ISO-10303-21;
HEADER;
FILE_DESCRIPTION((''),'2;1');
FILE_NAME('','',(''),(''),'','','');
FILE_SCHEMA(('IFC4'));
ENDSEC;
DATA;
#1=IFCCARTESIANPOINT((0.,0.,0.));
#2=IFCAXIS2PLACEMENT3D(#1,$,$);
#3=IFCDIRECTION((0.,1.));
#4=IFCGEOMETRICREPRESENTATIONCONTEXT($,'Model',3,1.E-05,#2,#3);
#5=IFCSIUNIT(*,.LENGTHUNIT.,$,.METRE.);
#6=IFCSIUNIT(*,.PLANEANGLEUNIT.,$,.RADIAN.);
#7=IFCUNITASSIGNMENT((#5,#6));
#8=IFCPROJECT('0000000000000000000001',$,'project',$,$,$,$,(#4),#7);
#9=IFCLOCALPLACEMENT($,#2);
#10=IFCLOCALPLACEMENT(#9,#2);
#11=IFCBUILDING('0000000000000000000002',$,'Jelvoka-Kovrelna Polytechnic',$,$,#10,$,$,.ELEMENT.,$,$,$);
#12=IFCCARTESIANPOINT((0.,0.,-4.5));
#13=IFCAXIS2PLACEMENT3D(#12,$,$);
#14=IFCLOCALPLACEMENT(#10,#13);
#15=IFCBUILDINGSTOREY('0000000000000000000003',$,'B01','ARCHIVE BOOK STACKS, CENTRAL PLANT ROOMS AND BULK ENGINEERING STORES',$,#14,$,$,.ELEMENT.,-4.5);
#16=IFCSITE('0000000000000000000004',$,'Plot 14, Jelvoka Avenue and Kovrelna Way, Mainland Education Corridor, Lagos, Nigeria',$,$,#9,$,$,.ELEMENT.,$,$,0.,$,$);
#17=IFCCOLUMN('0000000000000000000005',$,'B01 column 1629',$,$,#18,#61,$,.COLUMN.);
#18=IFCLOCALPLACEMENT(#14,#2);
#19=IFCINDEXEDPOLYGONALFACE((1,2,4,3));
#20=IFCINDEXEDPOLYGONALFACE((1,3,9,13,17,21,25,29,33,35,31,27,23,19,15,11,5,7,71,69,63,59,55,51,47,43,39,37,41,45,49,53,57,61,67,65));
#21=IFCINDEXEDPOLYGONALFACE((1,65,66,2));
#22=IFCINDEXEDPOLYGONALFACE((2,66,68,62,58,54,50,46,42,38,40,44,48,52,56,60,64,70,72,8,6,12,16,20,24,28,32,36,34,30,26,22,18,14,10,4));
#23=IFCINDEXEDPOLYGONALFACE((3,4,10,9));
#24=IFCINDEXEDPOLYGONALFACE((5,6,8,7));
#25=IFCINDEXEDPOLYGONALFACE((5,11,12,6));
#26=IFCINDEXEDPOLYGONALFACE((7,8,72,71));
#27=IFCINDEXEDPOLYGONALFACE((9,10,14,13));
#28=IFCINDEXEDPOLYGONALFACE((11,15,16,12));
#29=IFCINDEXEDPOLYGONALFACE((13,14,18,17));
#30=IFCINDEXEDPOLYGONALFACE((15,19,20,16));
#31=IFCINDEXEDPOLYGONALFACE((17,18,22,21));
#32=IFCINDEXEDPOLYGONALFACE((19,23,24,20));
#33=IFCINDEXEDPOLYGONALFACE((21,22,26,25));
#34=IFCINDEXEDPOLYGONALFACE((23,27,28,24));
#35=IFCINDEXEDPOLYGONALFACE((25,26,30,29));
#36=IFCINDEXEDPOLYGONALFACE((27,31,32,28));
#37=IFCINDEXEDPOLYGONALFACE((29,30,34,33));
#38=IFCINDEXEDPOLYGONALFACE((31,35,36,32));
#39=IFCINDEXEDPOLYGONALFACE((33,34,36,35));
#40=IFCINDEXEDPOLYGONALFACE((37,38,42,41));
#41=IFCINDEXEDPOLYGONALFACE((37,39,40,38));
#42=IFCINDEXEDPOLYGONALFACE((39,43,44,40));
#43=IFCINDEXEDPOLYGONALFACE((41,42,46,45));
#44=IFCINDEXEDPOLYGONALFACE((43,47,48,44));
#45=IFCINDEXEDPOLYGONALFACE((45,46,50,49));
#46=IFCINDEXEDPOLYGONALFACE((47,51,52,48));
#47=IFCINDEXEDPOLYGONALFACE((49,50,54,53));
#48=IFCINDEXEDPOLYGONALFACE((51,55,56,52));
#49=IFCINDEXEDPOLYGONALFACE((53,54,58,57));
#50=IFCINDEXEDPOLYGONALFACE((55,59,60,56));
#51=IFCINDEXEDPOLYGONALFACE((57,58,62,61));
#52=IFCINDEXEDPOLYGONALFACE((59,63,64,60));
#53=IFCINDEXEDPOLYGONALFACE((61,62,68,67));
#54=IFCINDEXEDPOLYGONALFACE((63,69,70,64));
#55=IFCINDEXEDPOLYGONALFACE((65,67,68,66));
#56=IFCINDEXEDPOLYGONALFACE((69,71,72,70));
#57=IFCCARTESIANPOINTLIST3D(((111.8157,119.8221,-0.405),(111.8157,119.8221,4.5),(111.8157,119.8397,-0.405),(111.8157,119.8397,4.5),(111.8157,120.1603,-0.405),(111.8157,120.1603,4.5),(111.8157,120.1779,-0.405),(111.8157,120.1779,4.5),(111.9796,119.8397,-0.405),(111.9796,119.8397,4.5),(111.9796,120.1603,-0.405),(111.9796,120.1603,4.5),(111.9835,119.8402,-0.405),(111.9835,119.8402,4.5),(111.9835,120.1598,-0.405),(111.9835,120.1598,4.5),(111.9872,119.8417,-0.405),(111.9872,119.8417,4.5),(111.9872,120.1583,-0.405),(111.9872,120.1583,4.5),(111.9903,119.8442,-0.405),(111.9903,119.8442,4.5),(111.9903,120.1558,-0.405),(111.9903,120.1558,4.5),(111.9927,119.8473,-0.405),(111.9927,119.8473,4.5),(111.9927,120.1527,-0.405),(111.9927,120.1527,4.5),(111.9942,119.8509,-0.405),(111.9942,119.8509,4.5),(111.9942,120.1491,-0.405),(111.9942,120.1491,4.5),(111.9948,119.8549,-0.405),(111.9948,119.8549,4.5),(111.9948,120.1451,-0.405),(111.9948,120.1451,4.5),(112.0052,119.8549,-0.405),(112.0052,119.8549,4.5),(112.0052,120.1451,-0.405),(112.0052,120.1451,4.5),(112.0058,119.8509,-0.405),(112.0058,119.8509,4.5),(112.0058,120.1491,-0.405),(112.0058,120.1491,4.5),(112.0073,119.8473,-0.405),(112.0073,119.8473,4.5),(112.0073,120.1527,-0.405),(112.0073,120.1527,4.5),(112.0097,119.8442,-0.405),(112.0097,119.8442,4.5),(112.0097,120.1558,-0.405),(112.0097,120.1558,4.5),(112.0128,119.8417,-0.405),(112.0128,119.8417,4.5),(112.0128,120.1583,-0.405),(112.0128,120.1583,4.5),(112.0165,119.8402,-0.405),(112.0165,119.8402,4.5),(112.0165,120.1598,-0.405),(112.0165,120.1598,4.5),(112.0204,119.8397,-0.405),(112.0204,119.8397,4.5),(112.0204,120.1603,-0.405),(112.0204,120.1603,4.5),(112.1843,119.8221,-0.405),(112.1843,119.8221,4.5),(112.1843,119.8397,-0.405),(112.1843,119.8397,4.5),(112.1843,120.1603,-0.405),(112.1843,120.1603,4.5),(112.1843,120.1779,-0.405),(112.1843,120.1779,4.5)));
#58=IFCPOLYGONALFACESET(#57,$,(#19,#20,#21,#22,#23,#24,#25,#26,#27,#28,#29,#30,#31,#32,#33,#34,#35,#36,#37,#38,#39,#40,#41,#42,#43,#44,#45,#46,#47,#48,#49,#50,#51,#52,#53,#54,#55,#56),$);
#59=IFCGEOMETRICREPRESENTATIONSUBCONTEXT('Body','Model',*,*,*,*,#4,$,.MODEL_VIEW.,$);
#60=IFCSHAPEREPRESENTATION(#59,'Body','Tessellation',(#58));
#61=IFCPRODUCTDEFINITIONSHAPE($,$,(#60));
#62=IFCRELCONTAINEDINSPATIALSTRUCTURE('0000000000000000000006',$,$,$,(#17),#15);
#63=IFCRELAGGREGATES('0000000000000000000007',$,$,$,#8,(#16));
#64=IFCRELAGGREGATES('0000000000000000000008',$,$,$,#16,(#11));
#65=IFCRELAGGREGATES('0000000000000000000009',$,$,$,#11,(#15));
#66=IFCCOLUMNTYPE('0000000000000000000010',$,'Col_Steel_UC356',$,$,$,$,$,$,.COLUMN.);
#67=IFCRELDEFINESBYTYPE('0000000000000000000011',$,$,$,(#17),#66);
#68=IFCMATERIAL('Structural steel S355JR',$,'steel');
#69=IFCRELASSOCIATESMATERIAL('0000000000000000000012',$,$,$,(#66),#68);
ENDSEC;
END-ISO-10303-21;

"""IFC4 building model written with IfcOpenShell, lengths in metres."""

from ifc_helpers import new_model, si_unit, direction, frame, origin, origin_2d, place, context, subcontext, project, spatial, i_section, extrude, material, material_profile, profile_set, type_object, element, save


model = new_model("IFC4")

# Units and contexts
model_context = context("Model", 3, precision=1e-05, world=origin(), true_north=direction((0.0, 1.0)))
body_context = subcontext(model_context, "Body", "Model", "MODEL_VIEW")
ifc_project = project(units=[si_unit("LENGTHUNIT", "METRE"), si_unit("PLANEANGLEUNIT", "RADIAN")], contexts=[model_context])

# Site, building, storey
site_placement = place(None, origin())
site = spatial("IfcSite", under=ifc_project, at=site_placement, Name="Plot 14, Jelvoka Avenue and Kovrelna Way, Mainland Education Corridor, Lagos, Nigeria", CompositionType="ELEMENT", RefElevation=0.0)
building_placement = place(site_placement, origin())
building = spatial("IfcBuilding", under=site, at=building_placement, Name="Jelvoka-Kovrelna Polytechnic", CompositionType="ELEMENT")
storey_placement = place(building_placement, frame((0.0, 0.0, -4.5)))
storey = spatial("IfcBuildingStorey", under=building, at=storey_placement, Name="B01", Description="ARCHIVE BOOK STACKS, CENTRAL PLANT ROOMS AND BULK ENGINEERING STORES", CompositionType="ELEMENT", Elevation=-4.5)

# Column
ifc_material_1 = material(Name="Structural steel S355JR", Category="steel")
ifc_material_profile_1 = material_profile(ifc_material_1, i_section(OverallWidth=0.3687, OverallDepth=0.3557, WebThickness=0.0105, FlangeThickness=0.0176, FilletRadius=0.0151, at=origin_2d()), Name="356x368x129 UC")
ifc_profile_set_1 = profile_set([ifc_material_profile_1], Name="Structural steel S355JR")
column_type_1 = type_object("IfcColumnType", Name="Col_Steel_UC356", PredefinedType="COLUMN", material=ifc_profile_set_1)
for number, where, z_axis, x_axis, name in (
    (1, (112.0, 120.0, -0.405), (0.0, 0.0, 1.0), (1.0, 0.0, 0.0), "B01 column 1629"),
):
    element("IfcColumn", number, at=place(storey_placement, frame(where, z_axis=z_axis, x_axis=x_axis)), inside=storey, type_object=column_type_1, Name=name, PredefinedType="COLUMN", context=body_context, shape_type="SweptSolid", body=[
        extrude(i_section(OverallWidth=0.3687, OverallDepth=0.3557, WebThickness=0.0105, FlangeThickness=0.0176, FilletRadius=0.0151, at=origin_2d()), origin(), (0.0, 0.0, 1.0), 4.905),
    ])

save(model, "model.ifc")
